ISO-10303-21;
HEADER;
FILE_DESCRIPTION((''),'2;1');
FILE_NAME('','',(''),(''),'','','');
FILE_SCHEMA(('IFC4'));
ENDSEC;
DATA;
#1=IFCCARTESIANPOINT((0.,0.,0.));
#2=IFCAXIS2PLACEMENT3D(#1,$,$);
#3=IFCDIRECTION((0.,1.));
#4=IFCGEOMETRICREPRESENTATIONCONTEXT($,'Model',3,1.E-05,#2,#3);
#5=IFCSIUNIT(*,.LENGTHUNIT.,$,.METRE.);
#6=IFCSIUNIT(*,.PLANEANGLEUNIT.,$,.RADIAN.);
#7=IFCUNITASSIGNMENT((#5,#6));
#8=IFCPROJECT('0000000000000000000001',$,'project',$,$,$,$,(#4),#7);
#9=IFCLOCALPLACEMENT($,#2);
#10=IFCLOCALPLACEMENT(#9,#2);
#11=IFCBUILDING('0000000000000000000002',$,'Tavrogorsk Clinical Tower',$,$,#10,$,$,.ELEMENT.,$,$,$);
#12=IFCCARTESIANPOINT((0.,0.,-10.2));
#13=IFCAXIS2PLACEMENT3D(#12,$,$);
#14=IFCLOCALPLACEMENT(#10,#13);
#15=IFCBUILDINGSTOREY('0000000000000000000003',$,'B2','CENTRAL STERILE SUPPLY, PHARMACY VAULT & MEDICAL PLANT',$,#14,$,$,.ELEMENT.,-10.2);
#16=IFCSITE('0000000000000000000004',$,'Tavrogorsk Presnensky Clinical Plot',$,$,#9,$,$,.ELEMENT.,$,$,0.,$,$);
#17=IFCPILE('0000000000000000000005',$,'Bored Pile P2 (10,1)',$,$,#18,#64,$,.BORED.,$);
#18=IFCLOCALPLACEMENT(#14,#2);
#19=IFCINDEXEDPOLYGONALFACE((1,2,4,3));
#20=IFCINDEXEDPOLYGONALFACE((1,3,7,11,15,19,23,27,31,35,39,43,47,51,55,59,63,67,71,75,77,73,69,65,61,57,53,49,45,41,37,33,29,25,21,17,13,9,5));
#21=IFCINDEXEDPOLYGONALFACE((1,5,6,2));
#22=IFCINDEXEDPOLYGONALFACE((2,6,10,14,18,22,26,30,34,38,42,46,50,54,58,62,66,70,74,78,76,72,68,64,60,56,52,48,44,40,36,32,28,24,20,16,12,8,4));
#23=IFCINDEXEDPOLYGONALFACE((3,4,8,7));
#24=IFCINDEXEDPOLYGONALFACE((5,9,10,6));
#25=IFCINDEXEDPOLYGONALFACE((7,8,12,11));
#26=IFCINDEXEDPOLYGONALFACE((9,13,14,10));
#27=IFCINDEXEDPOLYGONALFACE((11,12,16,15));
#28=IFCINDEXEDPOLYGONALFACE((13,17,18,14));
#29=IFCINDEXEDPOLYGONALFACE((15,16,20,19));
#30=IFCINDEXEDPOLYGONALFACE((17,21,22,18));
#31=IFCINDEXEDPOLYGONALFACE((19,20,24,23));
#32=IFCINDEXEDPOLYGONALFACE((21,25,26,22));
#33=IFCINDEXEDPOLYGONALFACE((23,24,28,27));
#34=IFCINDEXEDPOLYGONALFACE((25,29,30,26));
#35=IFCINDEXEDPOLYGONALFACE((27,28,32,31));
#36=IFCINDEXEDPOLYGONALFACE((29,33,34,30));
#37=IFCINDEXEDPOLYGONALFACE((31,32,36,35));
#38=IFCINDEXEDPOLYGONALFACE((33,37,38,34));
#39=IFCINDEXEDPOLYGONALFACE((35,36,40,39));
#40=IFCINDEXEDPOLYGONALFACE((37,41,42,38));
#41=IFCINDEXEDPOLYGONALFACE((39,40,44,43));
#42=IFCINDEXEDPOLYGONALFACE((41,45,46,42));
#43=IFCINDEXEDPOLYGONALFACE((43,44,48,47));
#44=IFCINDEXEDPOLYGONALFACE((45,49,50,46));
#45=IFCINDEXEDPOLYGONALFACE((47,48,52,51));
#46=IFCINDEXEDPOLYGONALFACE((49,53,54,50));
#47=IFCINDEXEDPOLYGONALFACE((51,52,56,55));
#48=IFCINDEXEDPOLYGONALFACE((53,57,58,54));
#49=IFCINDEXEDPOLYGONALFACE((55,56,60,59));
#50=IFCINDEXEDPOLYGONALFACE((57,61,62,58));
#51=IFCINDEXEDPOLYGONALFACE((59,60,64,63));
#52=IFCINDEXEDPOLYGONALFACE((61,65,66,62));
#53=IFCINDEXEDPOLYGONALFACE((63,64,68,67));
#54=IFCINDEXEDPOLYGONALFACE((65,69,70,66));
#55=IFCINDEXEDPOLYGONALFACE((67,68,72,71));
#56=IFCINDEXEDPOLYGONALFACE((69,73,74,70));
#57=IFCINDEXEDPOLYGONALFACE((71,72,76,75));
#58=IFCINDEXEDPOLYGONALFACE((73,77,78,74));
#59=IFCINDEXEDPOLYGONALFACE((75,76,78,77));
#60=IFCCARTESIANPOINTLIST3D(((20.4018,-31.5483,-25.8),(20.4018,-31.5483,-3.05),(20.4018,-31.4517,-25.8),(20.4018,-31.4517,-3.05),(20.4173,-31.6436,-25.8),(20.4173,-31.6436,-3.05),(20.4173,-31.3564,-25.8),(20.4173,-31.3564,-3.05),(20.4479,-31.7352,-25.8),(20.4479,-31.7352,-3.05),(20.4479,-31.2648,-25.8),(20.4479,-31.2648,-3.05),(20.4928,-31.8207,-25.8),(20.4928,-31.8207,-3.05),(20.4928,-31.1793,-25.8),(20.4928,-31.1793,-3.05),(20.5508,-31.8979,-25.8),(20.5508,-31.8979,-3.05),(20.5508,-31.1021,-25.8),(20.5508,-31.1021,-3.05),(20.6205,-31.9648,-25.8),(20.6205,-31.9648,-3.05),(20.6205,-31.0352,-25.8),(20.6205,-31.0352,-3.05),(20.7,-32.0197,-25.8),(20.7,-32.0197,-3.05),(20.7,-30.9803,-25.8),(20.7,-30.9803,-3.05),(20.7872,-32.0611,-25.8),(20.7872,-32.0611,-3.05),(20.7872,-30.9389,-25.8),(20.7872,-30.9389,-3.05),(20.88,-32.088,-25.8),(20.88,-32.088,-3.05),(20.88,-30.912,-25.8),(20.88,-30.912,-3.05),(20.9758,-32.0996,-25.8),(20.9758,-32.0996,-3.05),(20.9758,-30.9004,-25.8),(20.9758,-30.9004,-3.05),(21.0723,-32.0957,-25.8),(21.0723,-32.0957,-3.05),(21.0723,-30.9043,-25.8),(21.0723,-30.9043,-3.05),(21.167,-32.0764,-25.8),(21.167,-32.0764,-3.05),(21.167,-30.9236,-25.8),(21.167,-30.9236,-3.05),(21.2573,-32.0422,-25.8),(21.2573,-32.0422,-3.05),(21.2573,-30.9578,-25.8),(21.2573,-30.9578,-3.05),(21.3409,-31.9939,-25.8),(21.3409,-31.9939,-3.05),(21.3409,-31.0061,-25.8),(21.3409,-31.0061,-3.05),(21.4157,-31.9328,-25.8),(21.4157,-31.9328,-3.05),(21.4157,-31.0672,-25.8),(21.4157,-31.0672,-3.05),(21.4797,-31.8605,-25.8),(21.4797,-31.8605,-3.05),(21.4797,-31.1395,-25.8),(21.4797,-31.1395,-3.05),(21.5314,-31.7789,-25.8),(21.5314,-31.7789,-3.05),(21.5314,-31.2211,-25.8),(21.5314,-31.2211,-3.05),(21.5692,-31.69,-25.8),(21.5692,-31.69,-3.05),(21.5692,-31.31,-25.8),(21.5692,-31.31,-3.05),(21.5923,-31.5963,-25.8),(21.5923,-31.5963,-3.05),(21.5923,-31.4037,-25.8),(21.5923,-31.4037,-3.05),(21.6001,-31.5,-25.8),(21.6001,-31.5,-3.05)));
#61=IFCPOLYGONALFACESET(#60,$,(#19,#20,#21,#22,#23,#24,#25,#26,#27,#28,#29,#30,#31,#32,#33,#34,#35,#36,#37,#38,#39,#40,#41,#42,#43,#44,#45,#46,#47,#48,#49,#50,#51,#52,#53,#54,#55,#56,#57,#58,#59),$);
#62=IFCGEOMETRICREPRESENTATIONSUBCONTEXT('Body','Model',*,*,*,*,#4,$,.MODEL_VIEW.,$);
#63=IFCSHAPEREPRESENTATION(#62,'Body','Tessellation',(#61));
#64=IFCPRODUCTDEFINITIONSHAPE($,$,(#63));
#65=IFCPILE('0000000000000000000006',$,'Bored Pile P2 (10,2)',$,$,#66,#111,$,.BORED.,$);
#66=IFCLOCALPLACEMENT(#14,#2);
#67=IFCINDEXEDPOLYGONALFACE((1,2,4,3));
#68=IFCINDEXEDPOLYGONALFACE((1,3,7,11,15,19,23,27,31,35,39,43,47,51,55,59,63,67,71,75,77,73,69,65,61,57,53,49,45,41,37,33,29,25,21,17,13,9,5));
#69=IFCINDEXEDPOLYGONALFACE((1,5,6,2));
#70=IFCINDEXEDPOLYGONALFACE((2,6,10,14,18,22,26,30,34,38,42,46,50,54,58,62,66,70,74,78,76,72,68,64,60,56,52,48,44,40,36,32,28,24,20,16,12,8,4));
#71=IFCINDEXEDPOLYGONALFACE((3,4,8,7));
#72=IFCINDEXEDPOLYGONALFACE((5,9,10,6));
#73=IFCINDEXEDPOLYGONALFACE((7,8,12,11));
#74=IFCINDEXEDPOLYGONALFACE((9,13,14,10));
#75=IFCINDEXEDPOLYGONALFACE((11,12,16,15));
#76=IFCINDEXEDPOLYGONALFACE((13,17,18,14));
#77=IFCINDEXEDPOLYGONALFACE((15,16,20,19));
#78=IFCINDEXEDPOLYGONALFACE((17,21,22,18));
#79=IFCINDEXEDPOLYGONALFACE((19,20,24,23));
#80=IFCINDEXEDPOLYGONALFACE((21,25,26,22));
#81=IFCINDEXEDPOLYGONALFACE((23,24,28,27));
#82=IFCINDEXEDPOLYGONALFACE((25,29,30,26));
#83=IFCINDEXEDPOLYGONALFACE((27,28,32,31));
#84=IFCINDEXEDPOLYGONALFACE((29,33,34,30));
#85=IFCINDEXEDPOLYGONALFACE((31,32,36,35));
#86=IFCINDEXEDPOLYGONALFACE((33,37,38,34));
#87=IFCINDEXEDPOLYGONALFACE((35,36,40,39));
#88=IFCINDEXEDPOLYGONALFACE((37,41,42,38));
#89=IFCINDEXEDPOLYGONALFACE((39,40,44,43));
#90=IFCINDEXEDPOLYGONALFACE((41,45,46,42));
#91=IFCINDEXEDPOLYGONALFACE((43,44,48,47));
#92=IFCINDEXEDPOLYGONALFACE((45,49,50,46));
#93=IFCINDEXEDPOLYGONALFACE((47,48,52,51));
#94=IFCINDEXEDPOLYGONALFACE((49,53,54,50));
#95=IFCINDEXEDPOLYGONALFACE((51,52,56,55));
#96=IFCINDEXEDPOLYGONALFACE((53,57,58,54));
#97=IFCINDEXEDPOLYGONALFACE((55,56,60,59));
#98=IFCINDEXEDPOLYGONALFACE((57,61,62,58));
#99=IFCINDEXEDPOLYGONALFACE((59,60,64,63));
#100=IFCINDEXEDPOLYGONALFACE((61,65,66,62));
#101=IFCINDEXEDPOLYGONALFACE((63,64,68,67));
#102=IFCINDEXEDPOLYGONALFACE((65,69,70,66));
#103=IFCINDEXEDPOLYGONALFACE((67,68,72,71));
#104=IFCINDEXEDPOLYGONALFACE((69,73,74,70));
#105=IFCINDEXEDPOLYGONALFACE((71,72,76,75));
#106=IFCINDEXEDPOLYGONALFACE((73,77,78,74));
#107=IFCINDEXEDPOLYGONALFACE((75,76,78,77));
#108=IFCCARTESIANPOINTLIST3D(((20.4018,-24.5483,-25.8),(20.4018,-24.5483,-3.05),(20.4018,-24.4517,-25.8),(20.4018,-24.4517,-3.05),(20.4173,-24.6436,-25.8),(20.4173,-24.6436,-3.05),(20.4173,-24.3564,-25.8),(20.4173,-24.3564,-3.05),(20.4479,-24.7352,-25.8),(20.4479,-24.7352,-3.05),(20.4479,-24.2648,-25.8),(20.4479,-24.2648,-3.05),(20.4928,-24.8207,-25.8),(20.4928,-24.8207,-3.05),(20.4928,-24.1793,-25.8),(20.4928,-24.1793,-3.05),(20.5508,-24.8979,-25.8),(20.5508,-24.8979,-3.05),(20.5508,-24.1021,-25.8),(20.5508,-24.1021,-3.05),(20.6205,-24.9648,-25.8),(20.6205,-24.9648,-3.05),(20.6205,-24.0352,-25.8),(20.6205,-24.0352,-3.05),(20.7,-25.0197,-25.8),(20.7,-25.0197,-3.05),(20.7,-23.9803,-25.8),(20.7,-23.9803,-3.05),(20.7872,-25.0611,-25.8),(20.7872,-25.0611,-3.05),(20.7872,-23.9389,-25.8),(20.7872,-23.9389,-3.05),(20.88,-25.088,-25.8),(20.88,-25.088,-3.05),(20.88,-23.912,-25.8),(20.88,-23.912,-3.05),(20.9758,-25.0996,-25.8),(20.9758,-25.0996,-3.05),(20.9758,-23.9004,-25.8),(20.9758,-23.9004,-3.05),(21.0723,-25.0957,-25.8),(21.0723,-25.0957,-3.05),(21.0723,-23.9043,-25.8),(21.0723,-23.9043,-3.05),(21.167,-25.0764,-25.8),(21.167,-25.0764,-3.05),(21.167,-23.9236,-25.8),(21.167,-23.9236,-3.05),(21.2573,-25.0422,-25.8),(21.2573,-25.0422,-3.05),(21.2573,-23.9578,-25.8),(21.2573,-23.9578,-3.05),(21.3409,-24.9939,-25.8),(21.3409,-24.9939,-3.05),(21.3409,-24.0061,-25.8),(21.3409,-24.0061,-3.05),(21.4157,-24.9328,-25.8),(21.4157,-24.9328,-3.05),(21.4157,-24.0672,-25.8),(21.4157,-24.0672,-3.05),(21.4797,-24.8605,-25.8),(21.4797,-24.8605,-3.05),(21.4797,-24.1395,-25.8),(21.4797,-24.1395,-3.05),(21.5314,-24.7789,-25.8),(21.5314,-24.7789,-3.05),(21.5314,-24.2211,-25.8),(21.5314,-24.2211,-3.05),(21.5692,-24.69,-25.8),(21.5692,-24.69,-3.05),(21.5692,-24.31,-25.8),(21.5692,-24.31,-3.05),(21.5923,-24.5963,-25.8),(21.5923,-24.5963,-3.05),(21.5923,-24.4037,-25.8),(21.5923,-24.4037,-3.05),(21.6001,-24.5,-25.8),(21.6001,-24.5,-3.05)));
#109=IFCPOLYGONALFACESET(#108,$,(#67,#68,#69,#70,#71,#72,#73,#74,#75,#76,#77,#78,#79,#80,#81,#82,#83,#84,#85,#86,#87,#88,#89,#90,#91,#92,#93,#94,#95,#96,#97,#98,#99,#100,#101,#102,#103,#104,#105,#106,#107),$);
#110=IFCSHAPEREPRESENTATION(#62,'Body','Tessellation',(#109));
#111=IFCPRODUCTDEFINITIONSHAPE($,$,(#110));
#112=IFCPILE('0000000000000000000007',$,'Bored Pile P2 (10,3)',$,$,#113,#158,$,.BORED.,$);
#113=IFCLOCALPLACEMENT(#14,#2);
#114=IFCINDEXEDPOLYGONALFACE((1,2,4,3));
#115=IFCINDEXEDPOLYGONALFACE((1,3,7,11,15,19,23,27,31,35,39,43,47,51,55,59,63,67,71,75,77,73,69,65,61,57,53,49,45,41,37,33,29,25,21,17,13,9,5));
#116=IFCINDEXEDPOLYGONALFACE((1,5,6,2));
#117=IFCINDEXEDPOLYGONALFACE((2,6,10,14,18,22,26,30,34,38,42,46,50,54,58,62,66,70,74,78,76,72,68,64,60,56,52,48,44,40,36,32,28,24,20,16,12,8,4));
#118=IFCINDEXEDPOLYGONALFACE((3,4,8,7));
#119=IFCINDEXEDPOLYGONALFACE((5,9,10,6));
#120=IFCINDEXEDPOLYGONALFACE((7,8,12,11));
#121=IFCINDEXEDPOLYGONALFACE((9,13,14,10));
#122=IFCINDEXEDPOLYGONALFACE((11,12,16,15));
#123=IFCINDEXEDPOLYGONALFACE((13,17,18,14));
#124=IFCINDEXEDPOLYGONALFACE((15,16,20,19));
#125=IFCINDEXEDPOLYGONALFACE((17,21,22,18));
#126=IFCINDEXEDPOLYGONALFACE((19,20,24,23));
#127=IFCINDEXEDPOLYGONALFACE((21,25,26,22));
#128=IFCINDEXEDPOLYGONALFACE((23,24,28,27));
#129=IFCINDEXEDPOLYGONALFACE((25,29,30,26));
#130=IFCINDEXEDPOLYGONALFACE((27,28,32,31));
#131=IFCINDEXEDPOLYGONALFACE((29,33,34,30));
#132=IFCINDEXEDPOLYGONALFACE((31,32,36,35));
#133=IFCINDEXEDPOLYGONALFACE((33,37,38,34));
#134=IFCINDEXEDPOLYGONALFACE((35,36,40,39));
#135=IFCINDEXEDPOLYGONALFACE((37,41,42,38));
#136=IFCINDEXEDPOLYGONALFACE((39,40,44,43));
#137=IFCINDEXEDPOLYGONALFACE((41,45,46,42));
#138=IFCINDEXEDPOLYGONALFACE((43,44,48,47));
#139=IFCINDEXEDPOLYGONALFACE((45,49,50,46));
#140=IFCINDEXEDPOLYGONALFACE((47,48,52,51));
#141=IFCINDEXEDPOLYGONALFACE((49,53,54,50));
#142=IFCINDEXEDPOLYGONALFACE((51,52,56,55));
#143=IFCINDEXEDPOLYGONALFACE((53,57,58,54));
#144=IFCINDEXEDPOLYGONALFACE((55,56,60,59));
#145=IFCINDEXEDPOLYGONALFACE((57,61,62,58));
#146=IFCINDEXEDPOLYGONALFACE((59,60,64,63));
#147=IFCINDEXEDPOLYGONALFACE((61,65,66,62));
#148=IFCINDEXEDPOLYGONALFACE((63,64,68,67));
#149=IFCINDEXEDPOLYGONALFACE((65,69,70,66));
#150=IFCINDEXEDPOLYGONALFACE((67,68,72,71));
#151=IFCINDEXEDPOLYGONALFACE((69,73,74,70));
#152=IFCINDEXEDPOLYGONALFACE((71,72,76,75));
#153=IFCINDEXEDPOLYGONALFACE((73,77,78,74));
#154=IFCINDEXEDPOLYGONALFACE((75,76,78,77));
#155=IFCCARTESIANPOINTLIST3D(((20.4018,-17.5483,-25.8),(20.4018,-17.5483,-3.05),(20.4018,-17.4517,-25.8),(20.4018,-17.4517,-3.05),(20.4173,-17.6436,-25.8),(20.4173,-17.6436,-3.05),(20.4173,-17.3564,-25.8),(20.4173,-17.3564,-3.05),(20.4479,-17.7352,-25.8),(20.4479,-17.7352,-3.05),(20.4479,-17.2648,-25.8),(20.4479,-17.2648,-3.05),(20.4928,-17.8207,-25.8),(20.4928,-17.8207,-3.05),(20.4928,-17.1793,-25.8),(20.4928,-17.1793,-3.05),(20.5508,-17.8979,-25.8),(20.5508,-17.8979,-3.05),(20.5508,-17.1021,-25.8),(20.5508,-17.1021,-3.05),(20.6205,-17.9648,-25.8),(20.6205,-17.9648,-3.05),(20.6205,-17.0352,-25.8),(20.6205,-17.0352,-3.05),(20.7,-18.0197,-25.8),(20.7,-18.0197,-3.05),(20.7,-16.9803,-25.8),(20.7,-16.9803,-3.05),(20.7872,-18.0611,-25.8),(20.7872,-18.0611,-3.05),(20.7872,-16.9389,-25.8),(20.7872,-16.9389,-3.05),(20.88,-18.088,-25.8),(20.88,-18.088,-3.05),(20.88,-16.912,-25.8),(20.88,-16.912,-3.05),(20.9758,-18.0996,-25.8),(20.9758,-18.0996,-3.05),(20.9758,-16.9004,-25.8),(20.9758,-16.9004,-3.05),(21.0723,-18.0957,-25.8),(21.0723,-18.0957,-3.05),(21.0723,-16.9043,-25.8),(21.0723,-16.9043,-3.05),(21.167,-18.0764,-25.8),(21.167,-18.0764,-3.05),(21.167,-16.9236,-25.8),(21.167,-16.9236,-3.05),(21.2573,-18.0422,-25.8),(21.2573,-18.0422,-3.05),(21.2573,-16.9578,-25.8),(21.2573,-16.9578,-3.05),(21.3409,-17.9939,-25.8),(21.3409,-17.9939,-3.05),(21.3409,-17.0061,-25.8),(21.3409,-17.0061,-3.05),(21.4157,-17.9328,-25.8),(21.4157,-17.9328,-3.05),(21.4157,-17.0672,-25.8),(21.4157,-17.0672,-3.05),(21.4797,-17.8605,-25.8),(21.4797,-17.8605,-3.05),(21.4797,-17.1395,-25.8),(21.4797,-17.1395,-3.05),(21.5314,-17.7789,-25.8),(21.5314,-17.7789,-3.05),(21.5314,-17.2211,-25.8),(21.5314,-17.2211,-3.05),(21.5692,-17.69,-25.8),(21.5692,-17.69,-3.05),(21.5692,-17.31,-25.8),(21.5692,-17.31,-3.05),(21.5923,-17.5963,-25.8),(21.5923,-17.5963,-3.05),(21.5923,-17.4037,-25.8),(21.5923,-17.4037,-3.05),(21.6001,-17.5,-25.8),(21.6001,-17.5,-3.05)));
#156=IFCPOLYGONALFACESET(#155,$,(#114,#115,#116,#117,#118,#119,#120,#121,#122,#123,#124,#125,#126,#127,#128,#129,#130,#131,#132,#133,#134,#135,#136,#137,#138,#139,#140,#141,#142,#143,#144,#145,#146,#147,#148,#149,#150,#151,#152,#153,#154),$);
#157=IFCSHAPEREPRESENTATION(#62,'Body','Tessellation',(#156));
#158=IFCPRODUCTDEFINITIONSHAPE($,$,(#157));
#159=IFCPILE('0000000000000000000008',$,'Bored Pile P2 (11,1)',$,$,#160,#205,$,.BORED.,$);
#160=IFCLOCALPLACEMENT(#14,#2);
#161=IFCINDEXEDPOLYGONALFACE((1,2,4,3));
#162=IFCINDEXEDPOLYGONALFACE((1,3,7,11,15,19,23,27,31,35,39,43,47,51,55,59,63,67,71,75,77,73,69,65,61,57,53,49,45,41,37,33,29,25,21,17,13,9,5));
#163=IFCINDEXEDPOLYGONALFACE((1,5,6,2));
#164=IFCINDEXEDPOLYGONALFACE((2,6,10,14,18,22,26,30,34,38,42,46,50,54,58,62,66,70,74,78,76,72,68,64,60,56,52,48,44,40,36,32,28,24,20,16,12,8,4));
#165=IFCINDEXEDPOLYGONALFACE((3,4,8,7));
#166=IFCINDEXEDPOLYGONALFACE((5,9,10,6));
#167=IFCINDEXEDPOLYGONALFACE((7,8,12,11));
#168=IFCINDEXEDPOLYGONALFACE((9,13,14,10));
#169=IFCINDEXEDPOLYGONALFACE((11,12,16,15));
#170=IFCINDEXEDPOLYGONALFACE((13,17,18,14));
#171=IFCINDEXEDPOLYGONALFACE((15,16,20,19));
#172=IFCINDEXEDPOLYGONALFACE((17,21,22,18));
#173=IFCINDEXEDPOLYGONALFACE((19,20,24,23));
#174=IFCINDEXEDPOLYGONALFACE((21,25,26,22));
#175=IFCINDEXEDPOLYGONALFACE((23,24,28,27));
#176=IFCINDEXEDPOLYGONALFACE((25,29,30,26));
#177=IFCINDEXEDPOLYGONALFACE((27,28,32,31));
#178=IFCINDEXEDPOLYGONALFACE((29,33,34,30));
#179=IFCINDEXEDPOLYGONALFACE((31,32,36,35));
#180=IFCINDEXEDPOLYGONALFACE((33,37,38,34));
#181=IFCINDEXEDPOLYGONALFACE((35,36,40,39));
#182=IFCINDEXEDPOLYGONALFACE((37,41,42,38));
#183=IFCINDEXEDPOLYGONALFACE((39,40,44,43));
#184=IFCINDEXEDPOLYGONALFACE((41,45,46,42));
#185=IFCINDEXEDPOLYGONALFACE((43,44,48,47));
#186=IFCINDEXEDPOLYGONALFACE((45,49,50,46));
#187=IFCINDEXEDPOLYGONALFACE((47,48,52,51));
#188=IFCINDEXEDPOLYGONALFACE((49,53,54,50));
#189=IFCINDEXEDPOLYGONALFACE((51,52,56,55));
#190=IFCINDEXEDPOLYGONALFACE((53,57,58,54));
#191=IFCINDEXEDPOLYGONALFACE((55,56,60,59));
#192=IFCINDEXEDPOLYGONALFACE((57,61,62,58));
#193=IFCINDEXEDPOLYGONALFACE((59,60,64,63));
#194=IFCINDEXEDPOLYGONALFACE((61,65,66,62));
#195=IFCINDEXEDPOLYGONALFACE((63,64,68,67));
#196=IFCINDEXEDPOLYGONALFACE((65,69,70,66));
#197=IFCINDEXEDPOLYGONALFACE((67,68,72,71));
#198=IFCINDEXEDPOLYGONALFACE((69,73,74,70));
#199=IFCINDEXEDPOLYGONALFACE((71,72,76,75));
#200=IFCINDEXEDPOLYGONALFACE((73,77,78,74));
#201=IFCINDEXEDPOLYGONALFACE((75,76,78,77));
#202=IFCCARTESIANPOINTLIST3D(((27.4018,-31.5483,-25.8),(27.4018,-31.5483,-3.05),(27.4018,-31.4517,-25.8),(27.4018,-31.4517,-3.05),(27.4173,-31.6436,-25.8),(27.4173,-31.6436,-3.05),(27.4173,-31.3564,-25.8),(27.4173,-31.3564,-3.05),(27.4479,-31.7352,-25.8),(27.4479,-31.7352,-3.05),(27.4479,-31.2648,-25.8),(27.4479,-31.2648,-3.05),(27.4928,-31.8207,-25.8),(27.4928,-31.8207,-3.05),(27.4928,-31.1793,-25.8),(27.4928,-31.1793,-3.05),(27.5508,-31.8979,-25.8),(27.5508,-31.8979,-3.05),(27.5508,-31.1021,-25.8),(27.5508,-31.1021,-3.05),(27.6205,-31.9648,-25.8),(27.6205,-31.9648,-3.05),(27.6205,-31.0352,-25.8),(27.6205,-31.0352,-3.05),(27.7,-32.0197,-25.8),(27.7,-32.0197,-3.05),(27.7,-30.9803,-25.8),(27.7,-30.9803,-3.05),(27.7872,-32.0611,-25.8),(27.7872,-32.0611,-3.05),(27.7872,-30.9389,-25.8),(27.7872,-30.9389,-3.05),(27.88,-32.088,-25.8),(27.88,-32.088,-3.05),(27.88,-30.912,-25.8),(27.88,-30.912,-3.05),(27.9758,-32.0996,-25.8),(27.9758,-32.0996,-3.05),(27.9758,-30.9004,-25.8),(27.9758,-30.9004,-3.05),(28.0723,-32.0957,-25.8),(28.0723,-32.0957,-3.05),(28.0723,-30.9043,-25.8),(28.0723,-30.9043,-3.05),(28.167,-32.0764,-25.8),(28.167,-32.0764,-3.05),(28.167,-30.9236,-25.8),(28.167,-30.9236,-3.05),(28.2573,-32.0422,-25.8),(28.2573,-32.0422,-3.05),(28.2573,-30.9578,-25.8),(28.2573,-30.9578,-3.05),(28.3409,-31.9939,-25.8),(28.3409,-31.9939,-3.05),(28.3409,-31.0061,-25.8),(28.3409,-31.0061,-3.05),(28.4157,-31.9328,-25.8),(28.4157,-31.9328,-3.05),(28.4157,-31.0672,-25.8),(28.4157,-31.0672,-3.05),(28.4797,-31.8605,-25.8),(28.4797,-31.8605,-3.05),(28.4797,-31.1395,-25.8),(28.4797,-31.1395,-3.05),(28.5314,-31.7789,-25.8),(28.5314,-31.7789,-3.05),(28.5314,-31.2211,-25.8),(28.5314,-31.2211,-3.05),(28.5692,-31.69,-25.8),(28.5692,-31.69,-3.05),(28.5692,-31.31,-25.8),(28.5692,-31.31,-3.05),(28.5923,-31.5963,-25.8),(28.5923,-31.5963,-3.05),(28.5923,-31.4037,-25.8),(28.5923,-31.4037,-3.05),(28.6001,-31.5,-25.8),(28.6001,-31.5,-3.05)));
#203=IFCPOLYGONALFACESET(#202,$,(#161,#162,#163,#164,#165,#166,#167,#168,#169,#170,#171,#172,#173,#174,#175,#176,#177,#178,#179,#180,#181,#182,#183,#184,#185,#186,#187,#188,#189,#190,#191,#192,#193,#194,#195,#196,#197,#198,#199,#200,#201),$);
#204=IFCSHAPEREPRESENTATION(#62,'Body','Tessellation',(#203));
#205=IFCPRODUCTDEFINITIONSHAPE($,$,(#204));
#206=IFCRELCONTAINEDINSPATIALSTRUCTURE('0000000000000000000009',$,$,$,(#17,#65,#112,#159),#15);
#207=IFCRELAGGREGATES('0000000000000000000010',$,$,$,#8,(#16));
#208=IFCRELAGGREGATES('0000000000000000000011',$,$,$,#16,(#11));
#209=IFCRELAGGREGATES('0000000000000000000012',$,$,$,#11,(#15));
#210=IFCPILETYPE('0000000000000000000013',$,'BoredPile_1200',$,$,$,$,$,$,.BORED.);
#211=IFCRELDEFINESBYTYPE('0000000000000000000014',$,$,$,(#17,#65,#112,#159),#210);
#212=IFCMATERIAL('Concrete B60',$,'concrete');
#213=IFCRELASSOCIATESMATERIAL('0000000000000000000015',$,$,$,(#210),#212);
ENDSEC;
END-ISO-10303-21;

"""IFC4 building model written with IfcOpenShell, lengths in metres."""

from ifc_helpers import new_model, si_unit, direction, frame, origin, origin_2d, place, context, subcontext, project, spatial, circle, extrude, material, material_profile, profile_set, type_object, element, save


model = new_model("IFC4")

# Units and contexts
model_context = context("Model", 3, precision=1e-05, world=origin(), true_north=direction((0.0, 1.0)))
body_context = subcontext(model_context, "Body", "Model", "MODEL_VIEW")
ifc_project = project(units=[si_unit("LENGTHUNIT", "METRE"), si_unit("PLANEANGLEUNIT", "RADIAN")], contexts=[model_context])

# Site, building, storey
site_placement = place(None, origin())
site = spatial("IfcSite", under=ifc_project, at=site_placement, Name="Tavrogorsk Presnensky Clinical Plot", CompositionType="ELEMENT", RefElevation=0.0)
building_placement = place(site_placement, origin())
building = spatial("IfcBuilding", under=site, at=building_placement, Name="Tavrogorsk Clinical Tower", CompositionType="ELEMENT")
storey_placement = place(building_placement, frame((0.0, 0.0, -10.2)))
storey = spatial("IfcBuildingStorey", under=building, at=storey_placement, Name="B2", Description="CENTRAL STERILE SUPPLY, PHARMACY VAULT & MEDICAL PLANT", CompositionType="ELEMENT", Elevation=-10.2)

# Piles
ifc_material_1 = material(Name="Concrete B60", Category="concrete")
ifc_material_profile_1 = material_profile(ifc_material_1, circle(Radius=0.6001, at=origin_2d()), Name="BORED-PILE-1200")
ifc_profile_set_1 = profile_set([ifc_material_profile_1], Name="Concrete B60")
pile_type = type_object("IfcPileType", Name="BoredPile_1200", PredefinedType="BORED", material=ifc_profile_set_1)
for number, where, z_axis, x_axis, name in (
    (1, (21.0, -31.5, -3.05), (0.0, 0.0, -1.0), (1.0, 0.0, 0.0), "Bored Pile P2 (10,1)"),
    (2, (21.0, -24.5, -3.05), (0.0, 0.0, -1.0), (1.0, 0.0, 0.0), "Bored Pile P2 (10,2)"),
    (3, (21.0, -17.5, -3.05), (0.0, 0.0, -1.0), (1.0, 0.0, 0.0), "Bored Pile P2 (10,3)"),
    (4, (28.0, -31.5, -3.05), (0.0, 0.0, -1.0), (1.0, 0.0, 0.0), "Bored Pile P2 (11,1)"),
):
    element("IfcPile", number, at=place(storey_placement, frame(where, z_axis=z_axis, x_axis=x_axis)), inside=storey, type_object=pile_type, Name=name, PredefinedType="BORED", context=body_context, shape_type="SweptSolid", body=[
        extrude(circle(Radius=0.6001, at=origin_2d()), origin(), (0.0, 0.0, 1.0), 22.75),
    ])

save(model, "model.ifc")
